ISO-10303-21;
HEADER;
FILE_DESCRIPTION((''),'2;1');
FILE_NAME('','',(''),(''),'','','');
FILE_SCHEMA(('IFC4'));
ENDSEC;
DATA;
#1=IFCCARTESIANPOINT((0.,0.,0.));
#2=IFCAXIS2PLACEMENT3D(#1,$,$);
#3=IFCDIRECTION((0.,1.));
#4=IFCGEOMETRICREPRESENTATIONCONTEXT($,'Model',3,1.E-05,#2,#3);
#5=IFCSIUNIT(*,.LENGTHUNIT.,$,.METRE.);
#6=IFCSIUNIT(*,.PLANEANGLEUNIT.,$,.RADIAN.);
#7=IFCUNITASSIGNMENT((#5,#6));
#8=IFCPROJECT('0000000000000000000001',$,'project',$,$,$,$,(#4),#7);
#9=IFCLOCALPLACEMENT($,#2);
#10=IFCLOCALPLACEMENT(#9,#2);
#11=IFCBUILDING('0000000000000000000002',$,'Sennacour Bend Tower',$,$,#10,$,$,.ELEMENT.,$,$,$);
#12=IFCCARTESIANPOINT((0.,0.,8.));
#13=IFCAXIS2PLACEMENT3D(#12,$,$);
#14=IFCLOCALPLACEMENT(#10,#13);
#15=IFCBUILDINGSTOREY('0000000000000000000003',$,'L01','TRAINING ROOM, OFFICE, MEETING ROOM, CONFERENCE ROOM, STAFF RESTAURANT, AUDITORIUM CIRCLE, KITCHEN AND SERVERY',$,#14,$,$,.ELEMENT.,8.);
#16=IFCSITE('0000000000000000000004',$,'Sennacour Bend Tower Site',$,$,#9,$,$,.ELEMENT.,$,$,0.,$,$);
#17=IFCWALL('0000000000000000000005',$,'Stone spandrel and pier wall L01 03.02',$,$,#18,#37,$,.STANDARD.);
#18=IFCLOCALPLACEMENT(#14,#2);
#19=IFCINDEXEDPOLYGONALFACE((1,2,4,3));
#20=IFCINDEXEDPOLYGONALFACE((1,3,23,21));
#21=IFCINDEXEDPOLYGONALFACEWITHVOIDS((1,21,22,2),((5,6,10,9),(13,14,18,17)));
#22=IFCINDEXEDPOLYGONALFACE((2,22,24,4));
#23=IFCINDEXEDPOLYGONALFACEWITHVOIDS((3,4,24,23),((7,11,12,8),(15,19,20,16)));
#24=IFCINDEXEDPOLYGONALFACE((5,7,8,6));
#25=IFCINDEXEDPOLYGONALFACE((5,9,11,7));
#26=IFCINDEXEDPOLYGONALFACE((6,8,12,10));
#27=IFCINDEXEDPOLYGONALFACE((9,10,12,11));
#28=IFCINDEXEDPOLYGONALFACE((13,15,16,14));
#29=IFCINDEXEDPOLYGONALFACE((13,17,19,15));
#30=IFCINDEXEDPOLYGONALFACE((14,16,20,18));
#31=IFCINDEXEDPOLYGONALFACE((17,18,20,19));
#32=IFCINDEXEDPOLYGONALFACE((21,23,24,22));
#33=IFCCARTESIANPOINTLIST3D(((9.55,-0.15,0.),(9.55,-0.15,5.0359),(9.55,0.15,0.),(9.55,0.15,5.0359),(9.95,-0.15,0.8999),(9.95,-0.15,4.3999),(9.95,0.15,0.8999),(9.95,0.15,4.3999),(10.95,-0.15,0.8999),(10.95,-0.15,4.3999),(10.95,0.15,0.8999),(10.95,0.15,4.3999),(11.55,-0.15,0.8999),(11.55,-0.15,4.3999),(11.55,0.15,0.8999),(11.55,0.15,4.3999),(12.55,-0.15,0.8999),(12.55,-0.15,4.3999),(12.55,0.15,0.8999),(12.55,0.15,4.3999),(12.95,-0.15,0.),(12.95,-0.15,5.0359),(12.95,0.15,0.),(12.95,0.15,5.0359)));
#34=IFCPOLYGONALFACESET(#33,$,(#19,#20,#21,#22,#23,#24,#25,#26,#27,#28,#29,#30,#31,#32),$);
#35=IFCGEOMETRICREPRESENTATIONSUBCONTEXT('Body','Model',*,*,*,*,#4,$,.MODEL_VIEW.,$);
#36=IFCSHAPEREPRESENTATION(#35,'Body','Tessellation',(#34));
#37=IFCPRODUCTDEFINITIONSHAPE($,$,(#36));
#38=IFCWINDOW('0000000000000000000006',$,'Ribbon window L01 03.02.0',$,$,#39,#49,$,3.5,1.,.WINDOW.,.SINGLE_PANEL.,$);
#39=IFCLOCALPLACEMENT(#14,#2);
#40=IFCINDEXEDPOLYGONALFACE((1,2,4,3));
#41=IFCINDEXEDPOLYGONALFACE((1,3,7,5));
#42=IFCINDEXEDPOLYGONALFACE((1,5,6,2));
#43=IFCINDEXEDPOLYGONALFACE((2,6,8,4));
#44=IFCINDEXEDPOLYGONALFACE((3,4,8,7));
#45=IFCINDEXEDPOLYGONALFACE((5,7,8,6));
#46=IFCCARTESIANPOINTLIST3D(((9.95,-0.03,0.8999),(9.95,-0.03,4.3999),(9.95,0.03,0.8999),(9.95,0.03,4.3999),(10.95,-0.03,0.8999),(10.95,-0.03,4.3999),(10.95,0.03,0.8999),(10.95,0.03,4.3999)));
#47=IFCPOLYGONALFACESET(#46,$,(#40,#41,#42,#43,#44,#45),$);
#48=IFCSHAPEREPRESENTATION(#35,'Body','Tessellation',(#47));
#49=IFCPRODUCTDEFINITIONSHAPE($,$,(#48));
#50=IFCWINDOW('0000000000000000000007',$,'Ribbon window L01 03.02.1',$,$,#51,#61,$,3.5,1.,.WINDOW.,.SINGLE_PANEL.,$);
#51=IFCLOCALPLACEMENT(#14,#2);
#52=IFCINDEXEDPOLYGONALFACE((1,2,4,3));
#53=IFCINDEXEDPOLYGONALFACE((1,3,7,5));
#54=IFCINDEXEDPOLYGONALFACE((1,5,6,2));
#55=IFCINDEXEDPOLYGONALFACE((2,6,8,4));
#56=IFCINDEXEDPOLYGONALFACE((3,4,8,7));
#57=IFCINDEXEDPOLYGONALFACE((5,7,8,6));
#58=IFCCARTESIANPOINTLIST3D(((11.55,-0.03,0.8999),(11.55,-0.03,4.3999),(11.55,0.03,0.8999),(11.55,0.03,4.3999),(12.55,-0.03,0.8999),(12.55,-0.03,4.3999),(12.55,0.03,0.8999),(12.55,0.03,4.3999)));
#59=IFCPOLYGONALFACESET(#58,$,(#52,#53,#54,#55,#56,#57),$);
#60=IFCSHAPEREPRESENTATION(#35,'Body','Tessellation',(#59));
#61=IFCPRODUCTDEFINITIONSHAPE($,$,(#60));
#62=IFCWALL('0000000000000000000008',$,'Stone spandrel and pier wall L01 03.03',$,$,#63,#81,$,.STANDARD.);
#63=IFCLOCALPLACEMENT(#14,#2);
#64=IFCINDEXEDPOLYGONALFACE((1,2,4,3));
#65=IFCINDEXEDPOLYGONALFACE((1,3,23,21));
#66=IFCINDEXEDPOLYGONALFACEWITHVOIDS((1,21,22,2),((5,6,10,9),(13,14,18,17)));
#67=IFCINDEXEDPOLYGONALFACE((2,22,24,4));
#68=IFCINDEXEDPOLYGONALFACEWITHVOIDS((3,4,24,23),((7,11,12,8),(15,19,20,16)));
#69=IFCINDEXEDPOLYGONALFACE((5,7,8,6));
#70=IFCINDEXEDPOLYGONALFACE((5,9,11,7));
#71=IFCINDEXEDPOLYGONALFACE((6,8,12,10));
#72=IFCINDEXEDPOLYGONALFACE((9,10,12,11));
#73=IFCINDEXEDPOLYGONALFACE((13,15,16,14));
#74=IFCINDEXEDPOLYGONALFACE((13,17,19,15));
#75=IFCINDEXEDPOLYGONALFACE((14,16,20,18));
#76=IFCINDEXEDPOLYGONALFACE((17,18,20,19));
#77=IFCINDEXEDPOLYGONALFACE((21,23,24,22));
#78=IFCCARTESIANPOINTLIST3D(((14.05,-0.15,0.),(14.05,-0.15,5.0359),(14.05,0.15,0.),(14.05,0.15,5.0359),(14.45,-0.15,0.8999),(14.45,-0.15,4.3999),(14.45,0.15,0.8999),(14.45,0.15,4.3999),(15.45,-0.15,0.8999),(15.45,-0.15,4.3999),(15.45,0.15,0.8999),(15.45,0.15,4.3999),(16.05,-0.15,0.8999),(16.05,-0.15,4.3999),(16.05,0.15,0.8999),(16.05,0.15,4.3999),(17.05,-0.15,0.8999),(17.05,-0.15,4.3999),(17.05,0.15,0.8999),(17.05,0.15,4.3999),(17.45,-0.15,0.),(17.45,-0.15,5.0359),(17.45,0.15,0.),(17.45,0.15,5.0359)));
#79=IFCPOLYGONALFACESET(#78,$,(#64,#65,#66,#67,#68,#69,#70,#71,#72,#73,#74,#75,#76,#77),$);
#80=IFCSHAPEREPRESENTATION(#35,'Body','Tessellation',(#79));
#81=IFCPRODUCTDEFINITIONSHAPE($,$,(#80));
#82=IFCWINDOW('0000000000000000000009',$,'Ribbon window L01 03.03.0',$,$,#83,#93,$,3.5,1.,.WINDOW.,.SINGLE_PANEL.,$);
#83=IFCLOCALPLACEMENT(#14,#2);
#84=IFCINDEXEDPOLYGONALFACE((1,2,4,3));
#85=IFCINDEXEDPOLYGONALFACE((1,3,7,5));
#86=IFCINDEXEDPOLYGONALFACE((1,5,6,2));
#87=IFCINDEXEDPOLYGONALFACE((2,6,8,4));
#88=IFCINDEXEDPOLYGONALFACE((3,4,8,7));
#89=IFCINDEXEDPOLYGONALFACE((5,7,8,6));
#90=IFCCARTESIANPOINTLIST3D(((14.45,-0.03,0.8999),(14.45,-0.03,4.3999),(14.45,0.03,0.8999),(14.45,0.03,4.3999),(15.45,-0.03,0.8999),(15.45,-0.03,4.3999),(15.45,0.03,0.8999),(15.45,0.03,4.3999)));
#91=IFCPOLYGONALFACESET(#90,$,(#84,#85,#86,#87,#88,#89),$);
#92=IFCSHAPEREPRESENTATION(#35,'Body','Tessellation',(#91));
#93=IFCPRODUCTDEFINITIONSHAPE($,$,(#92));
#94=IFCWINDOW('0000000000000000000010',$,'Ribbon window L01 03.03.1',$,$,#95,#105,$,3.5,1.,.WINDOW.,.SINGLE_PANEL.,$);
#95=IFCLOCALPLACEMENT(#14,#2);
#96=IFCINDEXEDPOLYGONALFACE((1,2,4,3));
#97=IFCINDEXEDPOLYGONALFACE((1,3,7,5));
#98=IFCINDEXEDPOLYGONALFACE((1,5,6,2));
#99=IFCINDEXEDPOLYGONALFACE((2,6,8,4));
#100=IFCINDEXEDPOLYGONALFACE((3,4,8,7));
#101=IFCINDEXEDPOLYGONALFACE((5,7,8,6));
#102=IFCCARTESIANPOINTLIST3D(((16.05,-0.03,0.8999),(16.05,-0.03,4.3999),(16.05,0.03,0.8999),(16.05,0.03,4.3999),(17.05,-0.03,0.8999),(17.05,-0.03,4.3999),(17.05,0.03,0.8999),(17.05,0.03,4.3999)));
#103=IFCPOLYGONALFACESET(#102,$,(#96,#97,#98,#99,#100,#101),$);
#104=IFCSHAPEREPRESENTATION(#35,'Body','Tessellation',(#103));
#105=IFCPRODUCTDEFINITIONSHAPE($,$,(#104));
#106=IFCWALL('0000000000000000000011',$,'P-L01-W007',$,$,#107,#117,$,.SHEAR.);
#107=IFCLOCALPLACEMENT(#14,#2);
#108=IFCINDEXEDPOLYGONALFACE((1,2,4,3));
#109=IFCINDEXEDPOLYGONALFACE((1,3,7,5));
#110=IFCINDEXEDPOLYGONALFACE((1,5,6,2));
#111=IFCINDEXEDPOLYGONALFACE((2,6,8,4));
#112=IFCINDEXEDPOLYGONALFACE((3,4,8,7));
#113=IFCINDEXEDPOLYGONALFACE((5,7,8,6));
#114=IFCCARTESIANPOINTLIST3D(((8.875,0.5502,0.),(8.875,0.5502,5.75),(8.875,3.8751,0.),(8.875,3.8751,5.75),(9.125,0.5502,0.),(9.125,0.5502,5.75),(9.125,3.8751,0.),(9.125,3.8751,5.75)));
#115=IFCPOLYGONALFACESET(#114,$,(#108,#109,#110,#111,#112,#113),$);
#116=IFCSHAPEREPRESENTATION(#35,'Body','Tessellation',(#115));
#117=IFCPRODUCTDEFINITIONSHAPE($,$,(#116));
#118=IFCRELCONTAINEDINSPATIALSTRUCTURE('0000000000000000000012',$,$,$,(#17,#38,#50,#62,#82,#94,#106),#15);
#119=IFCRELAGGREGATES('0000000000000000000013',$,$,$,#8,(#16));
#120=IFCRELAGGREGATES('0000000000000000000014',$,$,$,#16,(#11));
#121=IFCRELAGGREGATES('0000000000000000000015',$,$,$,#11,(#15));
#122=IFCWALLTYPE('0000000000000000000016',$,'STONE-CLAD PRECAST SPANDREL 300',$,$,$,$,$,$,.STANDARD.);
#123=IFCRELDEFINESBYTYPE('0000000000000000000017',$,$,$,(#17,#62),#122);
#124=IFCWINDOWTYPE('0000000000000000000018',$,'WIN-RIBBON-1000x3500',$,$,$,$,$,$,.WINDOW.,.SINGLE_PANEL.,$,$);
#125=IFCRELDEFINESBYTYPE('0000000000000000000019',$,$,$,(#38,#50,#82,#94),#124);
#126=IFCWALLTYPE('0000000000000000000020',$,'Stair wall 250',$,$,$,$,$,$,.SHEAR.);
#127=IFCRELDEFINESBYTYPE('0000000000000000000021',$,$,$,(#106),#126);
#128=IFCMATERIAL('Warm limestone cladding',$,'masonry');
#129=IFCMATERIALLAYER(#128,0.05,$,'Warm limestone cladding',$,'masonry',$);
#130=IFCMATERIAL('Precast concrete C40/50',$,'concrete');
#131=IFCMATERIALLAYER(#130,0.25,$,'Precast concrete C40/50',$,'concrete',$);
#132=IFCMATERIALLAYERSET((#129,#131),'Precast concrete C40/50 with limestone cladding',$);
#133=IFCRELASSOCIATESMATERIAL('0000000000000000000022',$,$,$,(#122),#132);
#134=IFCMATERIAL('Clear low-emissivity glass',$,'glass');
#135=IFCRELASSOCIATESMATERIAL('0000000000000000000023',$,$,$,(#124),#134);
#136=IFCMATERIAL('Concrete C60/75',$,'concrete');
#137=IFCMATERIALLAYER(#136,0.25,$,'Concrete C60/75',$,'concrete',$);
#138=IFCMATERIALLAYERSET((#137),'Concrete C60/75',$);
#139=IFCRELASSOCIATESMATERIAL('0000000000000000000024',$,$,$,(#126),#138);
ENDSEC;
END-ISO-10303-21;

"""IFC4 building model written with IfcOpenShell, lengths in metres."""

from ifc_helpers import new_model, si_unit, direction, frame, frame_2d, origin, place, context, subcontext, project, spatial, rectangle, extrude, material, layer, layer_set, type_object, element, fill, save


model = new_model("IFC4")

# Units and contexts
model_context = context("Model", 3, precision=1e-05, world=origin(), true_north=direction((0.0, 1.0)))
body_context = subcontext(model_context, "Body", "Model", "MODEL_VIEW")
ifc_project = project(units=[si_unit("LENGTHUNIT", "METRE"), si_unit("PLANEANGLEUNIT", "RADIAN")], contexts=[model_context])

# Site, building, storey
site_placement = place(None, origin())
site = spatial("IfcSite", under=ifc_project, at=site_placement, Name="Sennacour Bend Tower Site", CompositionType="ELEMENT", RefElevation=0.0)
building_placement = place(site_placement, origin())
building = spatial("IfcBuilding", under=site, at=building_placement, Name="Sennacour Bend Tower", CompositionType="ELEMENT")
storey_placement = place(building_placement, frame((0.0, 0.0, 8.0)))
storey = spatial("IfcBuildingStorey", under=building, at=storey_placement, Name="L01", Description="TRAINING ROOM, OFFICE, MEETING ROOM, CONFERENCE ROOM, STAFF RESTAURANT, AUDITORIUM CIRCLE, KITCHEN AND SERVERY", CompositionType="ELEMENT", Elevation=8.0)

# Walls, openings, windows
ifc_material_1 = material(Name="Warm limestone cladding", Category="masonry")
ifc_layer_1 = layer(ifc_material_1, 0.05, Name="Warm limestone cladding", Category="masonry")
ifc_material_2 = material(Name="Precast concrete C40/50", Category="concrete")
ifc_layer_2 = layer(ifc_material_2, 0.25, Name="Precast concrete C40/50", Category="concrete")
ifc_layer_set_1 = layer_set([ifc_layer_1, ifc_layer_2], Name="Precast concrete C40/50 with limestone cladding")
wall_type_1 = type_object("IfcWallType", Name="STONE-CLAD PRECAST SPANDREL 300", PredefinedType="STANDARD", material=ifc_layer_set_1)
wall_1_placement = place(storey_placement, frame((9.55, 0.0, 0.0), z_axis=(0.0, 0.0, 1.0), x_axis=(1.0, 0.0, 0.0)))
wall_1 = element("IfcWall", 1, at=wall_1_placement, inside=storey, type_object=wall_type_1, Name="Stone spandrel and pier wall L01 03.02", PredefinedType="STANDARD", context=body_context, shape_type="SweptSolid", body=[
    extrude(rectangle(XDim=3.3999, YDim=0.3, at=frame_2d((1.7, 0.0))), origin(), (0.0, 0.0, 1.0), 5.0359),
])
opening_1_placement = place(wall_1_placement, frame((0.3999, 0.0, 0.8999)))
opening_1 = element("IfcOpeningElement", 2, at=opening_1_placement, cuts=wall_1, PredefinedType="OPENING", context=body_context, shape_type="SweptSolid", body=[
    extrude(rectangle(XDim=1.0, YDim=3.5, at=frame_2d((0.5, 1.75))), frame((0.0, 0.1602, 0.0), z_axis=(0.0, -1.0, 0.0), x_axis=(1.0, 0.0, 0.0)), (0.0, 0.0, 1.0), 0.3201),
])
opening_2_placement = place(wall_1_placement, frame((2.0, 0.0, 0.8999)))
opening_2 = element("IfcOpeningElement", 3, at=opening_2_placement, cuts=wall_1, PredefinedType="OPENING", context=body_context, shape_type="SweptSolid", body=[
    extrude(rectangle(XDim=1.0, YDim=3.5, at=frame_2d((0.5, 1.75))), frame((0.0, 0.1602, 0.0), z_axis=(0.0, -1.0, 0.0), x_axis=(1.0, 0.0, 0.0)), (0.0, 0.0, 1.0), 0.3201),
])
ifc_material_3 = material(Name="Clear low-emissivity glass", Category="glass")
window_type = type_object("IfcWindowType", Name="WIN-RIBBON-1000x3500", PartitioningType="SINGLE_PANEL", PredefinedType="WINDOW", material=ifc_material_3)
window_1_placement = place(opening_1_placement, origin())
window_1 = element("IfcWindow", 4, at=window_1_placement, inside=storey, type_object=window_type, Name="Ribbon window L01 03.02.0", OverallHeight=3.5, OverallWidth=1.0, PartitioningType="SINGLE_PANEL", PredefinedType="WINDOW", context=body_context, shape_type="SweptSolid", body=[
    extrude(rectangle(XDim=1.0, YDim=3.5, at=frame_2d((0.5, 1.75))), frame((0.0, 0.03, 0.0), z_axis=(0.0, -1.0, 0.0), x_axis=(1.0, 0.0, 0.0)), (0.0, 0.0, 1.0), 0.0601),
])
fill(opening_1, window_1)
window_2_placement = place(opening_2_placement, origin())
window_2 = element("IfcWindow", 5, at=window_2_placement, inside=storey, type_object=window_type, Name="Ribbon window L01 03.02.1", OverallHeight=3.5, OverallWidth=1.0, PartitioningType="SINGLE_PANEL", PredefinedType="WINDOW", context=body_context, shape_type="SweptSolid", body=[
    extrude(rectangle(XDim=1.0, YDim=3.5, at=frame_2d((0.5, 1.75))), frame((0.0, 0.03, 0.0), z_axis=(0.0, -1.0, 0.0), x_axis=(1.0, 0.0, 0.0)), (0.0, 0.0, 1.0), 0.0601),
])
fill(opening_2, window_2)
wall_2_placement = place(storey_placement, frame((14.05, 0.0, 0.0), z_axis=(0.0, 0.0, 1.0), x_axis=(1.0, 0.0, 0.0)))
wall_2 = element("IfcWall", 6, at=wall_2_placement, inside=storey, type_object=wall_type_1, Name="Stone spandrel and pier wall L01 03.03", PredefinedType="STANDARD", context=body_context, shape_type="SweptSolid", body=[
    extrude(rectangle(XDim=3.3999, YDim=0.3, at=frame_2d((1.7, 0.0))), origin(), (0.0, 0.0, 1.0), 5.0359),
])
opening_3_placement = place(wall_2_placement, frame((0.3999, 0.0, 0.8999)))
opening_3 = element("IfcOpeningElement", 7, at=opening_3_placement, cuts=wall_2, PredefinedType="OPENING", context=body_context, shape_type="SweptSolid", body=[
    extrude(rectangle(XDim=1.0, YDim=3.5, at=frame_2d((0.5, 1.75))), frame((0.0, 0.1602, 0.0), z_axis=(0.0, -1.0, 0.0), x_axis=(1.0, 0.0, 0.0)), (0.0, 0.0, 1.0), 0.3201),
])
opening_4_placement = place(wall_2_placement, frame((2.0, 0.0, 0.8999)))
opening_4 = element("IfcOpeningElement", 8, at=opening_4_placement, cuts=wall_2, PredefinedType="OPENING", context=body_context, shape_type="SweptSolid", body=[
    extrude(rectangle(XDim=1.0, YDim=3.5, at=frame_2d((0.5, 1.75))), frame((0.0, 0.1602, 0.0), z_axis=(0.0, -1.0, 0.0), x_axis=(1.0, 0.0, 0.0)), (0.0, 0.0, 1.0), 0.3201),
])
window_3_placement = place(opening_3_placement, origin())
window_3 = element("IfcWindow", 9, at=window_3_placement, inside=storey, type_object=window_type, Name="Ribbon window L01 03.03.0", OverallHeight=3.5, OverallWidth=1.0, PartitioningType="SINGLE_PANEL", PredefinedType="WINDOW", context=body_context, shape_type="SweptSolid", body=[
    extrude(rectangle(XDim=1.0, YDim=3.5, at=frame_2d((0.5, 1.75))), frame((0.0, 0.03, 0.0), z_axis=(0.0, -1.0, 0.0), x_axis=(1.0, 0.0, 0.0)), (0.0, 0.0, 1.0), 0.0601),
])
fill(opening_3, window_3)
window_4_placement = place(opening_4_placement, origin())
window_4 = element("IfcWindow", 10, at=window_4_placement, inside=storey, type_object=window_type, Name="Ribbon window L01 03.03.1", OverallHeight=3.5, OverallWidth=1.0, PartitioningType="SINGLE_PANEL", PredefinedType="WINDOW", context=body_context, shape_type="SweptSolid", body=[
    extrude(rectangle(XDim=1.0, YDim=3.5, at=frame_2d((0.5, 1.75))), frame((0.0, 0.03, 0.0), z_axis=(0.0, -1.0, 0.0), x_axis=(1.0, 0.0, 0.0)), (0.0, 0.0, 1.0), 0.0601),
])
fill(opening_4, window_4)

# Wall
ifc_material_4 = material(Name="Concrete C60/75", Category="concrete")
ifc_layer_3 = layer(ifc_material_4, 0.25, Name="Concrete C60/75", Category="concrete")
ifc_layer_set_2 = layer_set([ifc_layer_3], Name="Concrete C60/75")
wall_type_2 = type_object("IfcWallType", Name="Stair wall 250", PredefinedType="SHEAR", material=ifc_layer_set_2)
wall_3_placement = place(storey_placement, frame((9.0, 0.55, 0.0), z_axis=(0.0, 0.0, 1.0), x_axis=(0.0, 1.0, 0.0)))
element("IfcWall", 11, at=wall_3_placement, inside=storey, type_object=wall_type_2, Name="P-L01-W007", PredefinedType="SHEAR", context=body_context, shape_type="SweptSolid", body=[
    extrude(rectangle(XDim=3.325, YDim=0.25, at=frame_2d((1.6626, 0.0))), origin(), (0.0, 0.0, 1.0), 5.75),
])

save(model, "model.ifc")
